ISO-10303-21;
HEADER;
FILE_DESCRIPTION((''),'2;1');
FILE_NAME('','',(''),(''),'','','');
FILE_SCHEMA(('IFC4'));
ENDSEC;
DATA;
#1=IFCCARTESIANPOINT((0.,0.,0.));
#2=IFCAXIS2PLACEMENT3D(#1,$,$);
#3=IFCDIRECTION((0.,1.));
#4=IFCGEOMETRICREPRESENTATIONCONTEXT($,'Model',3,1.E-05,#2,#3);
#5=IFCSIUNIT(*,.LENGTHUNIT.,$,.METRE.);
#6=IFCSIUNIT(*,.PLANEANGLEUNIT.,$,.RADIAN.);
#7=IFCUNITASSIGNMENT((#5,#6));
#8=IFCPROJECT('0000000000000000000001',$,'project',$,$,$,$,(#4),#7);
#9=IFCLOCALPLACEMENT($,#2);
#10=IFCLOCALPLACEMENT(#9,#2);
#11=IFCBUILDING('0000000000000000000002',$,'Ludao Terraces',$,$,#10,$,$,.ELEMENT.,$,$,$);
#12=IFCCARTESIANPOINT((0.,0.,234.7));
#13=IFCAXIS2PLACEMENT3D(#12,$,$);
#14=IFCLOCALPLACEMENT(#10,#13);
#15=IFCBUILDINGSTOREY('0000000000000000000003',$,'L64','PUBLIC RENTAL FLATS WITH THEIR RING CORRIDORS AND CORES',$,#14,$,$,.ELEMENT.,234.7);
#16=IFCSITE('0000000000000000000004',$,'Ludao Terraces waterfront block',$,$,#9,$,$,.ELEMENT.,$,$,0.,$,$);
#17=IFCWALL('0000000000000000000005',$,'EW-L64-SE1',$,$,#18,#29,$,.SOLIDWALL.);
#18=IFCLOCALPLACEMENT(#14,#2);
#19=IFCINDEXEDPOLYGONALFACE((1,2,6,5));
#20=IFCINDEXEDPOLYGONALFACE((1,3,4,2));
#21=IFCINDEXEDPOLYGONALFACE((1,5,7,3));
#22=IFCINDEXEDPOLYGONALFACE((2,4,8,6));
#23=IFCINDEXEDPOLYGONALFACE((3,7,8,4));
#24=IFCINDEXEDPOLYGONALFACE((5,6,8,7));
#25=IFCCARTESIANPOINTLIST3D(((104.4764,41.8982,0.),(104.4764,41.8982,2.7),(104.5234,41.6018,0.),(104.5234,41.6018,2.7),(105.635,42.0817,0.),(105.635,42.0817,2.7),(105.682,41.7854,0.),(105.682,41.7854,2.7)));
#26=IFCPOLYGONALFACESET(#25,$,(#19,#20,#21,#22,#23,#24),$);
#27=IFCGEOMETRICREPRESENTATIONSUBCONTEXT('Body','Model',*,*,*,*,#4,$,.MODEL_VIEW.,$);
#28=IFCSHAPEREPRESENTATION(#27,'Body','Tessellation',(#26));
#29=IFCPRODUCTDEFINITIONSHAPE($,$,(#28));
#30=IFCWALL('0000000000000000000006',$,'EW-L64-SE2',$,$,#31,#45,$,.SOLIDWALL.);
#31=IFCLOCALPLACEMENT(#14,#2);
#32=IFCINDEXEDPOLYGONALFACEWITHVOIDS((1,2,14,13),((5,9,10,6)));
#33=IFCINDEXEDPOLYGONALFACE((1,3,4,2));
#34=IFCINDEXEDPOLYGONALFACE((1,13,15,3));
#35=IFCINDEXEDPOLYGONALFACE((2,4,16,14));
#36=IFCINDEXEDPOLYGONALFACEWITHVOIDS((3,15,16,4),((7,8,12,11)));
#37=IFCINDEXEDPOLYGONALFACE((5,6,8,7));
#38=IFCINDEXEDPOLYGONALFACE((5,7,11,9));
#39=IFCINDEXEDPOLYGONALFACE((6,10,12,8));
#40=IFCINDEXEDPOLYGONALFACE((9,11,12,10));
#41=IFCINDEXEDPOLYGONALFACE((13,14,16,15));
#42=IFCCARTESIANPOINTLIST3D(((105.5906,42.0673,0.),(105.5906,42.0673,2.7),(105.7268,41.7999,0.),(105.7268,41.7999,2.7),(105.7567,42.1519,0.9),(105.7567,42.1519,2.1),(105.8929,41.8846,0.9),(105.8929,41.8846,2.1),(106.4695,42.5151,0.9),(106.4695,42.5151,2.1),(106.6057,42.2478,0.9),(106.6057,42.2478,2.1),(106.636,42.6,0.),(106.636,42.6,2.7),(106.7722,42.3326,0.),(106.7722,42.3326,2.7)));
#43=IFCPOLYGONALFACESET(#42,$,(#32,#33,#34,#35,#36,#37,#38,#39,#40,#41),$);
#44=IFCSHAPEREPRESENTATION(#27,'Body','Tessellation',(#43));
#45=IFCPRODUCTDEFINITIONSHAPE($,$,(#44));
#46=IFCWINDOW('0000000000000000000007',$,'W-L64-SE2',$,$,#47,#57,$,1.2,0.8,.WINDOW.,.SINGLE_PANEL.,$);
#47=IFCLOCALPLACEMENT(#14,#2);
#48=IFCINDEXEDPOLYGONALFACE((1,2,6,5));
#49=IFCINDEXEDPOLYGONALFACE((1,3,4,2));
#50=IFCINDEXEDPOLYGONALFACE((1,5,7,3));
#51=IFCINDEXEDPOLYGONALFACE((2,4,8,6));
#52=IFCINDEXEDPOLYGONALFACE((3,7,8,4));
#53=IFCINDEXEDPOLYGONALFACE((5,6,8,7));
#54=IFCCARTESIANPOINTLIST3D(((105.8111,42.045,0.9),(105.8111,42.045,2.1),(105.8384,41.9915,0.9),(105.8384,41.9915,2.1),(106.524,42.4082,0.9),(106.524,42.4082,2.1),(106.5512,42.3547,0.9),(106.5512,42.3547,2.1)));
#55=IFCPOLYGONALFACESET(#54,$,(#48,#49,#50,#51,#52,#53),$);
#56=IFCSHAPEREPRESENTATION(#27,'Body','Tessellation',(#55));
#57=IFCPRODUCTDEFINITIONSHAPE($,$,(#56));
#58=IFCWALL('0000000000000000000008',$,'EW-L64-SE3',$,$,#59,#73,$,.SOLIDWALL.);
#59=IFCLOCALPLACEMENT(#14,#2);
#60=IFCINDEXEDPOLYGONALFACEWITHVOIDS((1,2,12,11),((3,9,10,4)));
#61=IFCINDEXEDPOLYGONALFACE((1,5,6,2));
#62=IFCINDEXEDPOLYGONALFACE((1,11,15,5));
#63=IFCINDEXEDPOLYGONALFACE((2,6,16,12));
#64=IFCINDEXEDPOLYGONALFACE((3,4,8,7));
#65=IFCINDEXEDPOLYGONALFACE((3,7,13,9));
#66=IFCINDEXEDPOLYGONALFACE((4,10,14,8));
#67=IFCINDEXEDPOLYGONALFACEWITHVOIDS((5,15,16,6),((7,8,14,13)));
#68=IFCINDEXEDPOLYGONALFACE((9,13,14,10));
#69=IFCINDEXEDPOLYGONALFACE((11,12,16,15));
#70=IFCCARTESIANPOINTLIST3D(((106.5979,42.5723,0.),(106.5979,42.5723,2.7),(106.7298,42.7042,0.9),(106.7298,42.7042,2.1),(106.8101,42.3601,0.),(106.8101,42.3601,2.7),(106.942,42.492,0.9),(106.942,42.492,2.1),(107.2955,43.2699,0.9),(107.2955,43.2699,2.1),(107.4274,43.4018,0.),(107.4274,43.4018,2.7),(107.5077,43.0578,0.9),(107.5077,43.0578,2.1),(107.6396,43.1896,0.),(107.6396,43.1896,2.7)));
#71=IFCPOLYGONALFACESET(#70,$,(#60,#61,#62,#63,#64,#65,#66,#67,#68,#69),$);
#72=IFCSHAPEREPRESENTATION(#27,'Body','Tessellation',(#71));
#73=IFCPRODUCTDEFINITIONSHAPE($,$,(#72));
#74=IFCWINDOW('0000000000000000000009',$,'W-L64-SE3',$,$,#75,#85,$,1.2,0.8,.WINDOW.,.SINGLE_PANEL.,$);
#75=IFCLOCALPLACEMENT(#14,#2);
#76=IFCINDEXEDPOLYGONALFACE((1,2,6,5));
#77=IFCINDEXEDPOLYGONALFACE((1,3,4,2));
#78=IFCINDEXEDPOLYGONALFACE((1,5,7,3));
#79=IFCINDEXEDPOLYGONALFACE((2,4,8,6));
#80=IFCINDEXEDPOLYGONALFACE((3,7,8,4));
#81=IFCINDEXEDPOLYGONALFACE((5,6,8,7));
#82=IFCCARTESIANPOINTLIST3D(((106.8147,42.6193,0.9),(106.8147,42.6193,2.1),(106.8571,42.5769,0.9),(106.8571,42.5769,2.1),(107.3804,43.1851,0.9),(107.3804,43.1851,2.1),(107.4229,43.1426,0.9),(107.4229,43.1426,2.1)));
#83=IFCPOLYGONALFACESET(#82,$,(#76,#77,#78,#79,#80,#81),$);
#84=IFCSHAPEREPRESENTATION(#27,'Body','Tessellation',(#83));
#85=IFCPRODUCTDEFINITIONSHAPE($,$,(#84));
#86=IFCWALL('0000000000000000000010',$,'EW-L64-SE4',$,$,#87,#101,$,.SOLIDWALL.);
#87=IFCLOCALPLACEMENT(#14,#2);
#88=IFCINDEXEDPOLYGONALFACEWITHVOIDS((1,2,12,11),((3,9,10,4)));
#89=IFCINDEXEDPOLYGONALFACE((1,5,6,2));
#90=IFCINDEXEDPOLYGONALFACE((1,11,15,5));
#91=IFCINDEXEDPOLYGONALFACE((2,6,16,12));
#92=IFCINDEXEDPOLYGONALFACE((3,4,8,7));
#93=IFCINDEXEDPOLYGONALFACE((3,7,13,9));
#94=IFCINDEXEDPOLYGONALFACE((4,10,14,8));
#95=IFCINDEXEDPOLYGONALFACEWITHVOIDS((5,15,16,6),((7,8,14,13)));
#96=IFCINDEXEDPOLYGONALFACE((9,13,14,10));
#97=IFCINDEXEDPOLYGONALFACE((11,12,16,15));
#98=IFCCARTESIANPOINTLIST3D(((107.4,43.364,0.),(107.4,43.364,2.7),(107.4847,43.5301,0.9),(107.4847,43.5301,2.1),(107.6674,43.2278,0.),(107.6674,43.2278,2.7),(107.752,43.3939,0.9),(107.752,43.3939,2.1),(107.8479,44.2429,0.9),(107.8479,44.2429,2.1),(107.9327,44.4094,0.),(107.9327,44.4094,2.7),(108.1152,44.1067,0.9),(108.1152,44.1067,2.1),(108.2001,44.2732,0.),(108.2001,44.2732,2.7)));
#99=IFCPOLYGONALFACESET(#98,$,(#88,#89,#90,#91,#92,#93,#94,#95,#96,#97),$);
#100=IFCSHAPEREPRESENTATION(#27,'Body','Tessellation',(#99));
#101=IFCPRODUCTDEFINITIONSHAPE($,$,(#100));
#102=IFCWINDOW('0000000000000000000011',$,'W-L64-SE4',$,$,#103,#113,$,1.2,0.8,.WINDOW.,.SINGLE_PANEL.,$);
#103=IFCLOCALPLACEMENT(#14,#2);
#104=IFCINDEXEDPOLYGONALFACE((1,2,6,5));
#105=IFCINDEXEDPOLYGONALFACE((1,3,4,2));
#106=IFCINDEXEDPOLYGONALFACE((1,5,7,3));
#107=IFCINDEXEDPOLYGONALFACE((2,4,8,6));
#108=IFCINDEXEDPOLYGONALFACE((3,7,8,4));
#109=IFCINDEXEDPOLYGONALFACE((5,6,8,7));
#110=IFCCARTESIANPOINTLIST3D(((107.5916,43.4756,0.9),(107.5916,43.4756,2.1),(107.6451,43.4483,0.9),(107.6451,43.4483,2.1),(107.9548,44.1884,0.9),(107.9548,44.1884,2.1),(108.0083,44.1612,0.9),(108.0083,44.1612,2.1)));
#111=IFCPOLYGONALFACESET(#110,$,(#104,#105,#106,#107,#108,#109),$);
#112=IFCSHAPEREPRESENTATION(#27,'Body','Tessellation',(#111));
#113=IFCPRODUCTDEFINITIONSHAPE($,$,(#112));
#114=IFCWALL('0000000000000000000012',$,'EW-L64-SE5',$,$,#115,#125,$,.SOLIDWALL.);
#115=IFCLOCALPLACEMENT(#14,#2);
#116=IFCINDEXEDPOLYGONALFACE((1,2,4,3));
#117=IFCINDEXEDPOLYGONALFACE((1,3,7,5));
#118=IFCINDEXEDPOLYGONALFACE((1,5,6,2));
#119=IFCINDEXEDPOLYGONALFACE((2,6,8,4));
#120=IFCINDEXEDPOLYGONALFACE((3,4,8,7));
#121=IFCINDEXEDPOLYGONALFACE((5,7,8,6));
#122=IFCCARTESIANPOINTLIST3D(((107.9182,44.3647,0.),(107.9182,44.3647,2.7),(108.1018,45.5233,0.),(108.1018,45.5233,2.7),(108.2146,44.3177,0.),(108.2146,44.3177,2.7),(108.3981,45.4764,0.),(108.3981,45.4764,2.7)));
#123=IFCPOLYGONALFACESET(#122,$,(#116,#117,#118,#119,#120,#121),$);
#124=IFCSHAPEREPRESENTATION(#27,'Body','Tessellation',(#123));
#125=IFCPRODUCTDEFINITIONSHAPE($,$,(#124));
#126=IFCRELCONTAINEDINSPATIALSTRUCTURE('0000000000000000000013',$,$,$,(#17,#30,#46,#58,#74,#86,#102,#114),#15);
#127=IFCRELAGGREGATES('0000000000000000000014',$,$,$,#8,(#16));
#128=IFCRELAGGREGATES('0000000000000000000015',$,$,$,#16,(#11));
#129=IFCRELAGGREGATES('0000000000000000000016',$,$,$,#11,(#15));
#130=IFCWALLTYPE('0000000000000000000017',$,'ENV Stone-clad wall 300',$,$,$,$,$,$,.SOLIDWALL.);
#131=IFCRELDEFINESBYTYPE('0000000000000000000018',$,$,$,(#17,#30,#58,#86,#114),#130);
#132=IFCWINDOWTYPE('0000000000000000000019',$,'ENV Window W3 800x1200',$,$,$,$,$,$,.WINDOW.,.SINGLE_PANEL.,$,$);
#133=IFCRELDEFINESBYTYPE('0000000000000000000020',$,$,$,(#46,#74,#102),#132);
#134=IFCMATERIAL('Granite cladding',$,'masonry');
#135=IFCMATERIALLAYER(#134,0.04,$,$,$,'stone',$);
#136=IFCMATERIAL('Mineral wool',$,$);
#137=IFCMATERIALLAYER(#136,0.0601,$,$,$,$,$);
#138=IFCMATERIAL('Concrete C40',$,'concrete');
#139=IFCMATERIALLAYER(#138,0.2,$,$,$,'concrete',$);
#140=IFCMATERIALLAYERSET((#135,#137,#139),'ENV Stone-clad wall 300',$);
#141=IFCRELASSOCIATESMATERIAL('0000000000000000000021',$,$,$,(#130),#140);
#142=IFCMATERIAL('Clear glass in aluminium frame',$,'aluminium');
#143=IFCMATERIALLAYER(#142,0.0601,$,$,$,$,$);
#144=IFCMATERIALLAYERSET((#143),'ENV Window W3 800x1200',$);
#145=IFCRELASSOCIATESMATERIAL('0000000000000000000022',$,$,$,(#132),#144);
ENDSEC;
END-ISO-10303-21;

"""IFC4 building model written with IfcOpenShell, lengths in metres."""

from ifc_helpers import new_model, si_unit, direction, frame, frame_2d, origin, place, context, subcontext, project, spatial, rectangle, extrude, material, layer, layer_set, type_object, element, fill, save


model = new_model("IFC4")

# Units and contexts
model_context = context("Model", 3, precision=1e-05, world=origin(), true_north=direction((0.0, 1.0)))
body_context = subcontext(model_context, "Body", "Model", "MODEL_VIEW")
ifc_project = project(units=[si_unit("LENGTHUNIT", "METRE"), si_unit("PLANEANGLEUNIT", "RADIAN")], contexts=[model_context])

# Site, building, storey
site_placement = place(None, origin())
site = spatial("IfcSite", under=ifc_project, at=site_placement, Name="Ludao Terraces waterfront block", CompositionType="ELEMENT", RefElevation=0.0)
building_placement = place(site_placement, origin())
building = spatial("IfcBuilding", under=site, at=building_placement, Name="Ludao Terraces", CompositionType="ELEMENT")
storey_placement = place(building_placement, frame((0.0, 0.0, 234.7)))
storey = spatial("IfcBuildingStorey", under=building, at=storey_placement, Name="L64", Description="PUBLIC RENTAL FLATS WITH THEIR RING CORRIDORS AND CORES", CompositionType="ELEMENT", Elevation=234.7)

# Wall
ifc_material_1 = material(Name="Granite cladding", Category="masonry")
ifc_layer_1 = layer(ifc_material_1, 0.04, Category="stone")
ifc_material_2 = material(Name="Mineral wool")
ifc_layer_2 = layer(ifc_material_2, 0.0601)
ifc_material_3 = material(Name="Concrete C40", Category="concrete")
ifc_layer_3 = layer(ifc_material_3, 0.2, Category="concrete")
ifc_layer_set_1 = layer_set([ifc_layer_1, ifc_layer_2, ifc_layer_3], Name="ENV Stone-clad wall 300")
wall_type = type_object("IfcWallType", Name="ENV Stone-clad wall 300", PredefinedType="SOLIDWALL", material=ifc_layer_set_1)
wall_1_placement = place(storey_placement, frame((104.5, 41.75, 0.0), z_axis=(0.0, 0.0, 1.0), x_axis=(0.987678, 0.156497, 0.0)))
element("IfcWall", 1, at=wall_1_placement, inside=storey, type_object=wall_type, Name="EW-L64-SE1", PredefinedType="SOLIDWALL", context=body_context, shape_type="SweptSolid", body=[
    extrude(rectangle(XDim=1.1731, YDim=0.3, at=frame_2d((0.5864, 0.0))), origin(), (0.0, 0.0, 1.0), 2.7),
])

# Walls, openings, windows
wall_2_placement = place(storey_placement, frame((105.6587, 41.9336, 0.0), z_axis=(0.0, 0.0, 1.0), x_axis=(0.890989, 0.454026, 0.0)))
wall_2 = element("IfcWall", 2, at=wall_2_placement, inside=storey, type_object=wall_type, Name="EW-L64-SE2", PredefinedType="SOLIDWALL", context=body_context, shape_type="SweptSolid", body=[
    extrude(rectangle(XDim=1.1733, YDim=0.3, at=frame_2d((0.5867, 0.0))), origin(), (0.0, 0.0, 1.0), 2.7),
])
opening_1_placement = place(wall_2_placement, frame((0.1865, 0.0, 0.8999)))
opening_1 = element("IfcOpeningElement", 3, at=opening_1_placement, cuts=wall_2, PredefinedType="OPENING", context=body_context, shape_type="SweptSolid", body=[
    extrude(rectangle(XDim=0.8, YDim=1.2, at=frame_2d((0.3999, 0.6001))), frame((0.0, 0.1602, 0.0), z_axis=(0.0, -1.0, 0.0), x_axis=(1.0, 0.0, 0.0)), (0.0, 0.0, 1.0), 0.3201),
])
ifc_material_4 = material(Name="Clear glass in aluminium frame", Category="aluminium")
ifc_layer_4 = layer(ifc_material_4, 0.0601)
ifc_layer_set_2 = layer_set([ifc_layer_4], Name="ENV Window W3 800x1200")
window_type = type_object("IfcWindowType", Name="ENV Window W3 800x1200", PartitioningType="SINGLE_PANEL", PredefinedType="WINDOW", material=ifc_layer_set_2)
window_1_placement = place(opening_1_placement, origin())
window_1 = element("IfcWindow", 4, at=window_1_placement, inside=storey, type_object=window_type, Name="W-L64-SE2", OverallHeight=1.2, OverallWidth=0.8, PartitioningType="SINGLE_PANEL", PredefinedType="WINDOW", context=body_context, shape_type="SweptSolid", body=[
    extrude(rectangle(XDim=0.8, YDim=1.2, at=frame_2d((0.3999, 0.6001))), frame((0.0, 0.03, 0.0), z_axis=(0.0, -1.0, 0.0), x_axis=(1.0, 0.0, 0.0)), (0.0, 0.0, 1.0), 0.0601),
])
fill(opening_1, window_1)
wall_3_placement = place(storey_placement, frame((106.7041, 42.4663, 0.0), z_axis=(0.0, 0.0, 1.0), x_axis=(0.707107, 0.707107, 0.0)))
wall_3 = element("IfcWall", 5, at=wall_3_placement, inside=storey, type_object=wall_type, Name="EW-L64-SE3", PredefinedType="SOLIDWALL", context=body_context, shape_type="SweptSolid", body=[
    extrude(rectangle(XDim=1.1731, YDim=0.3, at=frame_2d((0.5864, 0.0))), origin(), (0.0, 0.0, 1.0), 2.7),
])
opening_2_placement = place(wall_3_placement, frame((0.1865, 0.0, 0.8999)))
opening_2 = element("IfcOpeningElement", 6, at=opening_2_placement, cuts=wall_3, PredefinedType="OPENING", context=body_context, shape_type="SweptSolid", body=[
    extrude(rectangle(XDim=0.8, YDim=1.2, at=frame_2d((0.3999, 0.6001))), frame((0.0, 0.1602, 0.0), z_axis=(0.0, -1.0, 0.0), x_axis=(1.0, 0.0, 0.0)), (0.0, 0.0, 1.0), 0.3201),
])
window_2_placement = place(opening_2_placement, origin())
window_2 = element("IfcWindow", 7, at=window_2_placement, inside=storey, type_object=window_type, Name="W-L64-SE3", OverallHeight=1.2, OverallWidth=0.8, PartitioningType="SINGLE_PANEL", PredefinedType="WINDOW", context=body_context, shape_type="SweptSolid", body=[
    extrude(rectangle(XDim=0.8, YDim=1.2, at=frame_2d((0.3999, 0.6001))), frame((0.0, 0.03, 0.0), z_axis=(0.0, -1.0, 0.0), x_axis=(1.0, 0.0, 0.0)), (0.0, 0.0, 1.0), 0.0601),
])
fill(opening_2, window_2)
wall_4_placement = place(storey_placement, frame((107.5337, 43.2959, 0.0), z_axis=(0.0, 0.0, 1.0), x_axis=(0.454026, 0.890989, 0.0)))
wall_4 = element("IfcWall", 8, at=wall_4_placement, inside=storey, type_object=wall_type, Name="EW-L64-SE4", PredefinedType="SOLIDWALL", context=body_context, shape_type="SweptSolid", body=[
    extrude(rectangle(XDim=1.1733, YDim=0.3, at=frame_2d((0.5867, 0.0))), origin(), (0.0, 0.0, 1.0), 2.7),
])
opening_3_placement = place(wall_4_placement, frame((0.1865, 0.0, 0.8999)))
opening_3 = element("IfcOpeningElement", 9, at=opening_3_placement, cuts=wall_4, PredefinedType="OPENING", context=body_context, shape_type="SweptSolid", body=[
    extrude(rectangle(XDim=0.8, YDim=1.2, at=frame_2d((0.3999, 0.6001))), frame((0.0, 0.1602, 0.0), z_axis=(0.0, -1.0, 0.0), x_axis=(1.0, 0.0, 0.0)), (0.0, 0.0, 1.0), 0.3201),
])
window_3_placement = place(opening_3_placement, origin())
window_3 = element("IfcWindow", 10, at=window_3_placement, inside=storey, type_object=window_type, Name="W-L64-SE4", OverallHeight=1.2, OverallWidth=0.8, PartitioningType="SINGLE_PANEL", PredefinedType="WINDOW", context=body_context, shape_type="SweptSolid", body=[
    extrude(rectangle(XDim=0.8, YDim=1.2, at=frame_2d((0.3999, 0.6001))), frame((0.0, 0.03, 0.0), z_axis=(0.0, -1.0, 0.0), x_axis=(1.0, 0.0, 0.0)), (0.0, 0.0, 1.0), 0.0601),
])
fill(opening_3, window_3)

# Wall
wall_5_placement = place(storey_placement, frame((108.0664, 44.3413, 0.0), z_axis=(0.0, 0.0, 1.0), x_axis=(0.156497, 0.987678, 0.0)))
element("IfcWall", 11, at=wall_5_placement, inside=storey, type_object=wall_type, Name="EW-L64-SE5", PredefinedType="SOLIDWALL", context=body_context, shape_type="SweptSolid", body=[
    extrude(rectangle(XDim=1.1731, YDim=0.3, at=frame_2d((0.5864, 0.0))), origin(), (0.0, 0.0, 1.0), 2.7),
])

save(model, "model.ifc")
